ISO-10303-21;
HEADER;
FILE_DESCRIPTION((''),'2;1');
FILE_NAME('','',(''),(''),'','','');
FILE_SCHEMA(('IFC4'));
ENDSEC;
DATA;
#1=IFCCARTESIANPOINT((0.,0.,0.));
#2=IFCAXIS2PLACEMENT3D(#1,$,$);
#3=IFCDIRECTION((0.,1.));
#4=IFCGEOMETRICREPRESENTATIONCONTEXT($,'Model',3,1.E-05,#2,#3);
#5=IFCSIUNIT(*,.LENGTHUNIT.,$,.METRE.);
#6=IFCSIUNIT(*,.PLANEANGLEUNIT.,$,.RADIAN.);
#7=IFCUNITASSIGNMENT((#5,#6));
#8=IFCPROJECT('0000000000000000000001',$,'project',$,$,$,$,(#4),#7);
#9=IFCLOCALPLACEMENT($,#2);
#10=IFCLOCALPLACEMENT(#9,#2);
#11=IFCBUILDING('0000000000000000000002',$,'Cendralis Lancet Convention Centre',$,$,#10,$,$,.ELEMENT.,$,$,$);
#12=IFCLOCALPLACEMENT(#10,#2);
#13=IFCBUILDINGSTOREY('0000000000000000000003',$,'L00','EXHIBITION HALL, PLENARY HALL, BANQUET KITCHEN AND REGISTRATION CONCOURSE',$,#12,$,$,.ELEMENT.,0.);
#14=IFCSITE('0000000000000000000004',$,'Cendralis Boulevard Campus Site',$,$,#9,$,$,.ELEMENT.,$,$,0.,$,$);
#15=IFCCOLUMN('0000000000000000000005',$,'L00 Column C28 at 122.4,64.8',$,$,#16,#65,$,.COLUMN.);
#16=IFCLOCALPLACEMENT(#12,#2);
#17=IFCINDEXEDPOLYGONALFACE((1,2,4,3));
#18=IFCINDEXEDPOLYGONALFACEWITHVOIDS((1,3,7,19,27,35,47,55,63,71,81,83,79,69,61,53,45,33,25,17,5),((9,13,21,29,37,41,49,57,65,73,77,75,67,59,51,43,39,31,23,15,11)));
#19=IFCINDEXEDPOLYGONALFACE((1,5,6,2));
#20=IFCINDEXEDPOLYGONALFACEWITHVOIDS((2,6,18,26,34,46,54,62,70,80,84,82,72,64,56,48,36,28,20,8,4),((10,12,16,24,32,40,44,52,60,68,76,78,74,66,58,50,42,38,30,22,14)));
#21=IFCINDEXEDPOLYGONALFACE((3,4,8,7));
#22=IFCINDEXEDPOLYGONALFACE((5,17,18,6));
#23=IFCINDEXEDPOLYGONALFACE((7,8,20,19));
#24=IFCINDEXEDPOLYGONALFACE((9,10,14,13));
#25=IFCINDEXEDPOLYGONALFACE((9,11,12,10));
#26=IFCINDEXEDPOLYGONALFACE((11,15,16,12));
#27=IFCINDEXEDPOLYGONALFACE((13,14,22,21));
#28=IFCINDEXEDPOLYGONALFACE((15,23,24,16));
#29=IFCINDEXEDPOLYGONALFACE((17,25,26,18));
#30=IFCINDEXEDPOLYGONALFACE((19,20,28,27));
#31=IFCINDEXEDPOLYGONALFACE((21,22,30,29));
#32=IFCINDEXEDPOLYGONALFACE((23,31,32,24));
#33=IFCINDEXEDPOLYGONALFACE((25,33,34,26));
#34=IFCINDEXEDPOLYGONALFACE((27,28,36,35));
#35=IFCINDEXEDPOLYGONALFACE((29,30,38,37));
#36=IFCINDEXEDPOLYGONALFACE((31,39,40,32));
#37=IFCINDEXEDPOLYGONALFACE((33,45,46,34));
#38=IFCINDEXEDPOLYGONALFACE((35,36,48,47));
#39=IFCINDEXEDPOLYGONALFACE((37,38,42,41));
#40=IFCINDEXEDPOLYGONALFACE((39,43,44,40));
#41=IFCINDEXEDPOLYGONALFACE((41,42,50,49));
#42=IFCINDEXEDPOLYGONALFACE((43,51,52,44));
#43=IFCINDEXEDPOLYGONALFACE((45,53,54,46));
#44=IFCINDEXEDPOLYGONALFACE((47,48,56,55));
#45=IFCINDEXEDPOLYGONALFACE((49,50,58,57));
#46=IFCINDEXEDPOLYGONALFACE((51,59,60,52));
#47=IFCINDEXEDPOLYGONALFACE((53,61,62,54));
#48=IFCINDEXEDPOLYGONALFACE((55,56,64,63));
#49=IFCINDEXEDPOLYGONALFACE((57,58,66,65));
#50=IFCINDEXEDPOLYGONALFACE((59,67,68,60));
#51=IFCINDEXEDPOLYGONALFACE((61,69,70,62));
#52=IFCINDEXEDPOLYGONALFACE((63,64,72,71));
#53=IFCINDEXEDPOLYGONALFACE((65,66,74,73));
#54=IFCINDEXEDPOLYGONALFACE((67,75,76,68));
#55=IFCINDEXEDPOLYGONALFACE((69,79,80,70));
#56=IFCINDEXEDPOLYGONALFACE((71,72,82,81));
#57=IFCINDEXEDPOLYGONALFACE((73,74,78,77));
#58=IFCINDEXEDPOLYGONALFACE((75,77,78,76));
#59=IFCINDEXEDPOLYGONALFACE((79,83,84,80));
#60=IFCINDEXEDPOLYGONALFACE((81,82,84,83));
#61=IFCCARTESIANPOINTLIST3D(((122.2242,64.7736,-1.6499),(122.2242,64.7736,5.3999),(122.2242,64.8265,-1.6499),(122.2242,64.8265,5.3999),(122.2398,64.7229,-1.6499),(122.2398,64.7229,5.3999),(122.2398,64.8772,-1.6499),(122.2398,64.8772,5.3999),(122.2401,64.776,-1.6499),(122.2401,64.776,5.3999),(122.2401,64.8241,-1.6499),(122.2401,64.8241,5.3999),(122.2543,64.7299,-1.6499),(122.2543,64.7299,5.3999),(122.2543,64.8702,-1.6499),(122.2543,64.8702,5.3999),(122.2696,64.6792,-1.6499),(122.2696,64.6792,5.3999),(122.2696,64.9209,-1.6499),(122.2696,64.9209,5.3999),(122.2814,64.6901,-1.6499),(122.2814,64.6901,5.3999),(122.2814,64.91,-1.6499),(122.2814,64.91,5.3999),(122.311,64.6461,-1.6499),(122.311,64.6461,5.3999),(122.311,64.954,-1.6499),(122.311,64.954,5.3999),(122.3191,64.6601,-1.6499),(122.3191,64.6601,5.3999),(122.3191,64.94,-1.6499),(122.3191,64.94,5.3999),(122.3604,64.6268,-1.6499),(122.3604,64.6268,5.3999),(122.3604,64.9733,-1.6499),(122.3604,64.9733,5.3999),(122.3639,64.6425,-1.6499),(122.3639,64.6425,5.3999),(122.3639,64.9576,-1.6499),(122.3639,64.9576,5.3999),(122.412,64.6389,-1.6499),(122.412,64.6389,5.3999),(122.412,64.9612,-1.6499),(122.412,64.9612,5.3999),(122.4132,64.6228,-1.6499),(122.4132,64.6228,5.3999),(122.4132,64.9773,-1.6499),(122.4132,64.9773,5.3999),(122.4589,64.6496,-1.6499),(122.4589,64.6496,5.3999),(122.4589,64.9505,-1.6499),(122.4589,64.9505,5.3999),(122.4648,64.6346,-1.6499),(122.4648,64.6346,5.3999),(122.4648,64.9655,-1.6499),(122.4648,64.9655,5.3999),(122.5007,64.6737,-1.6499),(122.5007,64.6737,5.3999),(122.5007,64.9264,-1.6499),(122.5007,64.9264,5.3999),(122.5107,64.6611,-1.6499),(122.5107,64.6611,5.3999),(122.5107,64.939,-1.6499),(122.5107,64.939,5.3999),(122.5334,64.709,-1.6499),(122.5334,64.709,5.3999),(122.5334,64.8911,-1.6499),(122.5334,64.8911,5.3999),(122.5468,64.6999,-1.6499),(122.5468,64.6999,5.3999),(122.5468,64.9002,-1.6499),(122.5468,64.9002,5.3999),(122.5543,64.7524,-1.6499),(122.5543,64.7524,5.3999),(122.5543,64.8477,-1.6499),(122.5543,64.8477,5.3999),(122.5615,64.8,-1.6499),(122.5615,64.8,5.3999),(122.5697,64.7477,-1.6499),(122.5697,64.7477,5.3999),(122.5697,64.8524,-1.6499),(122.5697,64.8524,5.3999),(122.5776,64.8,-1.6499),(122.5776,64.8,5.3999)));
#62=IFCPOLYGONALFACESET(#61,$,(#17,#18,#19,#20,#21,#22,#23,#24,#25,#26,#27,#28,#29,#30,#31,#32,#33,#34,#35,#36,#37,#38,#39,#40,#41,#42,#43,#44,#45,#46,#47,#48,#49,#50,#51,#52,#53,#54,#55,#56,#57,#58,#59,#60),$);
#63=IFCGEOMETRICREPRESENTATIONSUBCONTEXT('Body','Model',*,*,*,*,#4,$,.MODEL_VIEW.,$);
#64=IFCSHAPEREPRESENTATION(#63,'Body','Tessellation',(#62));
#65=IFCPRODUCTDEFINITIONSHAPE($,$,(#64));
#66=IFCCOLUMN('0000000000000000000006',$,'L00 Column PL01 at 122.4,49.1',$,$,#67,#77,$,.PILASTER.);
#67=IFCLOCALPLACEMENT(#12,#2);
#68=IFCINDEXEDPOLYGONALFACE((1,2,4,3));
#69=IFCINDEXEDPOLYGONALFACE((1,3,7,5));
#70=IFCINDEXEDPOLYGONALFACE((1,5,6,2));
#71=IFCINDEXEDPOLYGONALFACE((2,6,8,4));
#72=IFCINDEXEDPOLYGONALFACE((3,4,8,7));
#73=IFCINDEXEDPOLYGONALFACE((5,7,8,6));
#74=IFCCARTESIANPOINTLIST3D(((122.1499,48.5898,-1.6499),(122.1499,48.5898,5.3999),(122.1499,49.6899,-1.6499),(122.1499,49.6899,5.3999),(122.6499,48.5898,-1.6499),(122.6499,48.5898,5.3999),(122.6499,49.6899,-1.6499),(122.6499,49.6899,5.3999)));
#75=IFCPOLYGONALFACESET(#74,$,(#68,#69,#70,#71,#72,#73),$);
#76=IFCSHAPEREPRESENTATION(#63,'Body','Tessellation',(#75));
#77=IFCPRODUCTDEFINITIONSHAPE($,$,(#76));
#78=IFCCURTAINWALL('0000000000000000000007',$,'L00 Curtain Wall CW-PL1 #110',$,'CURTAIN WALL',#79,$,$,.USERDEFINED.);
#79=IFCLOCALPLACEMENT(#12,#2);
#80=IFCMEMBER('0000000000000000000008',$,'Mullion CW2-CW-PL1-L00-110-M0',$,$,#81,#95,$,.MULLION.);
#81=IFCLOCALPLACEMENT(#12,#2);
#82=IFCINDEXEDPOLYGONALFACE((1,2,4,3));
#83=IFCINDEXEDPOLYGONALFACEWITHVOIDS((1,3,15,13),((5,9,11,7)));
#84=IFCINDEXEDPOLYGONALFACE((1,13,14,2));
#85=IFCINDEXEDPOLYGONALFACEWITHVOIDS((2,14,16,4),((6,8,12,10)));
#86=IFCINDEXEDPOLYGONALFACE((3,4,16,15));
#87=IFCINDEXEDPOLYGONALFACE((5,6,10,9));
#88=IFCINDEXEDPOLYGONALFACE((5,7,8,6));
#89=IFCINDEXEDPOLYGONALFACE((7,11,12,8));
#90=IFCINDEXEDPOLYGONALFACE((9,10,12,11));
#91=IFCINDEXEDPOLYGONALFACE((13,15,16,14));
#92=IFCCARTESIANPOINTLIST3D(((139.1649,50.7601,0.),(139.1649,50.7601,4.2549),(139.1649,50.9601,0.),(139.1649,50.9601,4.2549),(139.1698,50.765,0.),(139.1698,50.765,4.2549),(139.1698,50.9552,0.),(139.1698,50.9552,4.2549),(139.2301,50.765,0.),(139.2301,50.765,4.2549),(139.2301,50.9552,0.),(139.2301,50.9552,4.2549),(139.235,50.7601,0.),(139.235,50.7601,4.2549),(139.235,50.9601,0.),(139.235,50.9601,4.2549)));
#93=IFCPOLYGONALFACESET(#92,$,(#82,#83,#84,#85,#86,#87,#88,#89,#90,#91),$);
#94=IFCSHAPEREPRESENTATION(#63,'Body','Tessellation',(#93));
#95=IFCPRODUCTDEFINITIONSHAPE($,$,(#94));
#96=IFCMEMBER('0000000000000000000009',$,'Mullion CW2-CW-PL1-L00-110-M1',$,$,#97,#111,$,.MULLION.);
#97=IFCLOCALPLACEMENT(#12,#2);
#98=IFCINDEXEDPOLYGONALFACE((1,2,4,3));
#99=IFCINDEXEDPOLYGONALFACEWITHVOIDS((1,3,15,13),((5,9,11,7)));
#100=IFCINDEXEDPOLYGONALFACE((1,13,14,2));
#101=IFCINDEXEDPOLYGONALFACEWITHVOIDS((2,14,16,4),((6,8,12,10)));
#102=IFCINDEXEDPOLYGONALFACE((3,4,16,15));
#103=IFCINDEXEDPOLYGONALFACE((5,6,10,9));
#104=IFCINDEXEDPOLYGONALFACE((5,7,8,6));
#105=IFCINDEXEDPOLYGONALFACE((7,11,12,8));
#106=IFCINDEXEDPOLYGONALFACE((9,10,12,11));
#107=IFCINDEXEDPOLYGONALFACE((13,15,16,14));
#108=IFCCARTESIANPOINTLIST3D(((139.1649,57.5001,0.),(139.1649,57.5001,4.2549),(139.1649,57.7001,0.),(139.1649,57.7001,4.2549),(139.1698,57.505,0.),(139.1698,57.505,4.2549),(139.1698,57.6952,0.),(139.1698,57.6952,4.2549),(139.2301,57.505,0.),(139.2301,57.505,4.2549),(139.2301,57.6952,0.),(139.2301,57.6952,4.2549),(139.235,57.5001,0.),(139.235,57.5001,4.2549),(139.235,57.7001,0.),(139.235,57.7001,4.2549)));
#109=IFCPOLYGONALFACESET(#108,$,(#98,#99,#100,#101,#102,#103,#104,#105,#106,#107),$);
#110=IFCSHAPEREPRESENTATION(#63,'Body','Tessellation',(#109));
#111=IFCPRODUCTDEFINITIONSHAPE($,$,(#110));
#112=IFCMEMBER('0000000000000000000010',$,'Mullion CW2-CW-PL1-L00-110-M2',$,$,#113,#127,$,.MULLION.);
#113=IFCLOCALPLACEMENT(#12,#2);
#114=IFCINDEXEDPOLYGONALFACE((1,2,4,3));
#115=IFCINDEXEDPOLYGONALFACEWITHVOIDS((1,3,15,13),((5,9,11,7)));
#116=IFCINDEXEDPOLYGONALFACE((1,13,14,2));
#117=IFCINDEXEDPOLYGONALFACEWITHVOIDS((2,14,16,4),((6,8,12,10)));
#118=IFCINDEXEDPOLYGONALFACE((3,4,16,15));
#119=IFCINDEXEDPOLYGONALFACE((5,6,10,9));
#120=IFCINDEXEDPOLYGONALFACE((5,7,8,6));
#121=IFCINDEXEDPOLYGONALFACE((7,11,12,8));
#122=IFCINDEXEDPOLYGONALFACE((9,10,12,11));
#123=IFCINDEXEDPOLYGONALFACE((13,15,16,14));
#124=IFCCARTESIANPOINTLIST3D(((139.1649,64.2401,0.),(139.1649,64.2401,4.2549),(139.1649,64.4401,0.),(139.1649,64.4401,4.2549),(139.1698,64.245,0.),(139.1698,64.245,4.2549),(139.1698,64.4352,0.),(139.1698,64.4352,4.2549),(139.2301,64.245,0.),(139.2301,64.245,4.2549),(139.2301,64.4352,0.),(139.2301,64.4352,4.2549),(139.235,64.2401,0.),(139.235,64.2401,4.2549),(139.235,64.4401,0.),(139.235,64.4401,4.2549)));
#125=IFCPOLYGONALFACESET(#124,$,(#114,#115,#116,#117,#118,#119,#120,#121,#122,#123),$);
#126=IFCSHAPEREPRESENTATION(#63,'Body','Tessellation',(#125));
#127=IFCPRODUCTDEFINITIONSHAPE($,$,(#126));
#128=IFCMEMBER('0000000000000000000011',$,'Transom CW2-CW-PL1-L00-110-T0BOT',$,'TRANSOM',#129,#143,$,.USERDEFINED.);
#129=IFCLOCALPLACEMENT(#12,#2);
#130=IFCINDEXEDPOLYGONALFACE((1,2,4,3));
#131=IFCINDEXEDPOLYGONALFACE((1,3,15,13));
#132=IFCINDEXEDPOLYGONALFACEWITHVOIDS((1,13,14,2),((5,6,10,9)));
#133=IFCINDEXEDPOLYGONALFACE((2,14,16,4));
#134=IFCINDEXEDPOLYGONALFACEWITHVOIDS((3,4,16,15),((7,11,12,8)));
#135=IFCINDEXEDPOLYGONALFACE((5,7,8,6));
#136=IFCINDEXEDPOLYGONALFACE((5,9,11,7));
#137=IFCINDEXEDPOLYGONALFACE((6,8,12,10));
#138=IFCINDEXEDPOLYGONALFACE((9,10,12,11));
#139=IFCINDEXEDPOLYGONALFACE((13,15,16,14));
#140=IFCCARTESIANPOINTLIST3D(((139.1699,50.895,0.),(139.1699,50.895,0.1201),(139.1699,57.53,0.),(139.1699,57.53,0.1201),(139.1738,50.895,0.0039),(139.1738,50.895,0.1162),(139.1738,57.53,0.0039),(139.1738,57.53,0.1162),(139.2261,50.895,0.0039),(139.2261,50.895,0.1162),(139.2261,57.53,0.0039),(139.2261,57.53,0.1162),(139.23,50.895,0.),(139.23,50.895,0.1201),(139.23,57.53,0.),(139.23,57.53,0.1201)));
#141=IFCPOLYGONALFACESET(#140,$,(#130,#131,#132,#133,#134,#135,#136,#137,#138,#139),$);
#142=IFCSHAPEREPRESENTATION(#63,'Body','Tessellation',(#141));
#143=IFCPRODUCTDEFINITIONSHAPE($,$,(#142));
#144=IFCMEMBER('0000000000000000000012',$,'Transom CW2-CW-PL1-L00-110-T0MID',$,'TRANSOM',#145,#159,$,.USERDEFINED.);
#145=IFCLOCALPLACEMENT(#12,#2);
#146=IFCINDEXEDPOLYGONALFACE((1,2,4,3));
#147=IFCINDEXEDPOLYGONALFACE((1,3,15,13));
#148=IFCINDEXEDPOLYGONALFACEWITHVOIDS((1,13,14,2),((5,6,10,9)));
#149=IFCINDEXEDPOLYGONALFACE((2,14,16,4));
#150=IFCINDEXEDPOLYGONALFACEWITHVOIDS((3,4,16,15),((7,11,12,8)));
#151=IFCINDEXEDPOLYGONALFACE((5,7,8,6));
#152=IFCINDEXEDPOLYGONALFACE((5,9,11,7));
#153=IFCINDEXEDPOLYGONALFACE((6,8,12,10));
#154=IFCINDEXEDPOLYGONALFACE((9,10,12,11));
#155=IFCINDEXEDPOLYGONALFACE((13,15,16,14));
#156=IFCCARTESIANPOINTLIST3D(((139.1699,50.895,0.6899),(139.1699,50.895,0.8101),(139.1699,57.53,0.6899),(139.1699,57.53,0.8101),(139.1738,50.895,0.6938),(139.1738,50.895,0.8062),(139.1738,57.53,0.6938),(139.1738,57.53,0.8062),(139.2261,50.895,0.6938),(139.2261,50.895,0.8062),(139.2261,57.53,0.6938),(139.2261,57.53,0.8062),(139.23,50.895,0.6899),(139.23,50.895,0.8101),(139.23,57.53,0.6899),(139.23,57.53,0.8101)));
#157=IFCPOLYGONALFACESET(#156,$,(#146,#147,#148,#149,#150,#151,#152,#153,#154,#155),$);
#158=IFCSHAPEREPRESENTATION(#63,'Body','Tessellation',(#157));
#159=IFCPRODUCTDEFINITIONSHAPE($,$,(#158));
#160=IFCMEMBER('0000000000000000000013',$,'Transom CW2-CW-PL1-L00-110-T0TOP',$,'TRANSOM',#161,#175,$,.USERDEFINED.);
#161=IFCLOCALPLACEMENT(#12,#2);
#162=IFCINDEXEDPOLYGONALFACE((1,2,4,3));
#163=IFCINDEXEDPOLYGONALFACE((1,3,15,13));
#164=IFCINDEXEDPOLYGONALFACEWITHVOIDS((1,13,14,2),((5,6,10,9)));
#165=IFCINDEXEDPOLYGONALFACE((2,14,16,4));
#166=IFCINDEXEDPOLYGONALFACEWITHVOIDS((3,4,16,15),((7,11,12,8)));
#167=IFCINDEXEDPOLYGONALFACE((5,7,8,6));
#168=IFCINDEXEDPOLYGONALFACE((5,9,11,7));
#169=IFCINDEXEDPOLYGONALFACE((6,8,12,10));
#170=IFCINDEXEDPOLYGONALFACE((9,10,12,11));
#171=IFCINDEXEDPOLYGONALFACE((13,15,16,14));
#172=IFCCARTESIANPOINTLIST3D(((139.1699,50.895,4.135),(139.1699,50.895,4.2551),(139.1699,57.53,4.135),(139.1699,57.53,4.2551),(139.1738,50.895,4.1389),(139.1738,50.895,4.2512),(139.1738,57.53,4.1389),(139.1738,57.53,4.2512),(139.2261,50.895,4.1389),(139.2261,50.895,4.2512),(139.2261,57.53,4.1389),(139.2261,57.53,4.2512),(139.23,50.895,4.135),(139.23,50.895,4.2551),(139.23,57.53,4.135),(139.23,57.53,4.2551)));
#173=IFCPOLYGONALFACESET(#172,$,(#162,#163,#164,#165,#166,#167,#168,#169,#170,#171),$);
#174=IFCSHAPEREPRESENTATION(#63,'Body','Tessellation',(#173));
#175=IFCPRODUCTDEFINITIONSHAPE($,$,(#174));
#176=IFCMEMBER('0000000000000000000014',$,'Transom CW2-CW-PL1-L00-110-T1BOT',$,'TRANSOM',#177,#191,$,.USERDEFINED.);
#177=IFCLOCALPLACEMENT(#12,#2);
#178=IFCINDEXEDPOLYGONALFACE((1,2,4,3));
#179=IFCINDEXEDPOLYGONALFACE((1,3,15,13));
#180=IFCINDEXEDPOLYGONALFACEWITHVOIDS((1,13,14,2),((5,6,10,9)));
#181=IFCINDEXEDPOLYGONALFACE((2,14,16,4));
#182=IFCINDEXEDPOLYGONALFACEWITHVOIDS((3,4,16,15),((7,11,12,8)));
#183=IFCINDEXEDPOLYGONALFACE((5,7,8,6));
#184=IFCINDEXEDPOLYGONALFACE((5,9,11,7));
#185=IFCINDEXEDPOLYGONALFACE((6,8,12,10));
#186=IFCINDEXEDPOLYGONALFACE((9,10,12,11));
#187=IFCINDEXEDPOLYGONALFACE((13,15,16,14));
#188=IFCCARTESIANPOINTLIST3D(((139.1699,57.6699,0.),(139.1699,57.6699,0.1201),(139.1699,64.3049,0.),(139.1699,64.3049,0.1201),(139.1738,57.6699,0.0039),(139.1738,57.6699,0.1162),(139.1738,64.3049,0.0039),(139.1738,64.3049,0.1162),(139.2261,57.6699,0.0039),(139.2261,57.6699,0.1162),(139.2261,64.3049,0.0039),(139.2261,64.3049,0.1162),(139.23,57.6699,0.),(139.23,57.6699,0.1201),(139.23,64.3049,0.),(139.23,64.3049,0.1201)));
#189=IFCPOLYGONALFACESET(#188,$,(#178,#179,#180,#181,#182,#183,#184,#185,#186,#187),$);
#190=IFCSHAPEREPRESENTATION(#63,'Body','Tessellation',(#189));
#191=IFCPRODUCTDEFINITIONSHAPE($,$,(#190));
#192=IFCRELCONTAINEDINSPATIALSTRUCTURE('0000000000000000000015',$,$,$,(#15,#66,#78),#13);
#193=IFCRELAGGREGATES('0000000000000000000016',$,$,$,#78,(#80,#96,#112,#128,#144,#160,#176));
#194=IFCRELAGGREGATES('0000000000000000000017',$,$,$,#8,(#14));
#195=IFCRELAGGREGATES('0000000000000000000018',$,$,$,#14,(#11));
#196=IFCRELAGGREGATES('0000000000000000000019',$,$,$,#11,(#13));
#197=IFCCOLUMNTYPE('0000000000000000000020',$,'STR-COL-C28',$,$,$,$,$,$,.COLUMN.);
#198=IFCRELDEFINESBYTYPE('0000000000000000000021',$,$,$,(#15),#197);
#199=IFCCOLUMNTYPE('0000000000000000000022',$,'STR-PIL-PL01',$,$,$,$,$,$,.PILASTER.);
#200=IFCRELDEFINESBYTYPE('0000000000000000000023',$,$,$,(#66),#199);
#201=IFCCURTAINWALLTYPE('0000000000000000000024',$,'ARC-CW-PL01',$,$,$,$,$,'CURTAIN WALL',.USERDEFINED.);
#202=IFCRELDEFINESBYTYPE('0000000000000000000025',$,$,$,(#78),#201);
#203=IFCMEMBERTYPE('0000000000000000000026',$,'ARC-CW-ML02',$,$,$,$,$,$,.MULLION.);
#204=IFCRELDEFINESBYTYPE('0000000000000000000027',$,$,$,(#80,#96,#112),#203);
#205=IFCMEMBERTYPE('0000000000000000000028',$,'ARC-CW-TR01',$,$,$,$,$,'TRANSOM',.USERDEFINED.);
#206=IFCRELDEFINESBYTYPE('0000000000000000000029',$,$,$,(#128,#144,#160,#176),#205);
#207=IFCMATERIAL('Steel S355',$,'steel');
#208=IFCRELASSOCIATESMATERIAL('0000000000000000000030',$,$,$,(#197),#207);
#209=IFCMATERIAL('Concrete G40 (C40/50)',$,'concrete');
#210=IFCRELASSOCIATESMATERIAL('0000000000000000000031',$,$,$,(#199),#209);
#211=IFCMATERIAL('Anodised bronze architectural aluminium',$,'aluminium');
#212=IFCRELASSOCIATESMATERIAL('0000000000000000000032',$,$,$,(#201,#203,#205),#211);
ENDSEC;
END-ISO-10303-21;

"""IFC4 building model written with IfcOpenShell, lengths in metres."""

from ifc_helpers import new_model, si_unit, direction, frame, origin, origin_2d, place, context, subcontext, project, spatial, rectangle, hollow_rectangle, hollow_circle, extrude, material, material_profile, profile_set, type_object, element, aggregate, save


model = new_model("IFC4")

# Units and contexts
model_context = context("Model", 3, precision=1e-05, world=origin(), true_north=direction((0.0, 1.0)))
body_context = subcontext(model_context, "Body", "Model", "MODEL_VIEW")
ifc_project = project(units=[si_unit("LENGTHUNIT", "METRE"), si_unit("PLANEANGLEUNIT", "RADIAN")], contexts=[model_context])

# Site, building, storey
site_placement = place(None, origin())
site = spatial("IfcSite", under=ifc_project, at=site_placement, Name="Cendralis Boulevard Campus Site", CompositionType="ELEMENT", RefElevation=0.0)
building_placement = place(site_placement, origin())
building = spatial("IfcBuilding", under=site, at=building_placement, Name="Cendralis Lancet Convention Centre", CompositionType="ELEMENT")
storey_placement = place(building_placement, origin())
storey = spatial("IfcBuildingStorey", under=building, at=storey_placement, Name="L00", Description="EXHIBITION HALL, PLENARY HALL, BANQUET KITCHEN AND REGISTRATION CONCOURSE", CompositionType="ELEMENT", Elevation=0.0)

# Columns
ifc_material_1 = material(Name="Concrete G40 (C40/50)", Category="concrete")
ifc_material_2 = material(Name="Steel S355", Category="steel")
ifc_material_profile_1 = material_profile(ifc_material_2, hollow_circle(Radius=0.1777, WallThickness=0.0161, at=origin_2d()), Name="CHS 355.6x16.0")
ifc_profile_set_1 = profile_set([ifc_material_profile_1], Name="Steel S355")
column_type_1 = type_object("IfcColumnType", Name="STR-COL-C28", PredefinedType="COLUMN", material=ifc_profile_set_1)
column_1_placement = place(storey_placement, frame((122.3999, 64.8, -1.6499), z_axis=(0.0, 0.0, 1.0), x_axis=(1.0, 0.0, 0.0)))
element("IfcColumn", 1, at=column_1_placement, inside=storey, type_object=column_type_1, Name="L00 Column C28 at 122.4,64.8", PredefinedType="COLUMN", context=body_context, shape_type="SweptSolid", body=[
    extrude(hollow_circle(Radius=0.1777, WallThickness=0.0161, at=origin_2d()), origin(), (0.0, 0.0, 1.0), 7.0498),
])
ifc_material_profile_2 = material_profile(ifc_material_1, rectangle(XDim=0.5, YDim=1.1001, at=origin_2d()), Name="RC 500x1100")
ifc_profile_set_2 = profile_set([ifc_material_profile_2], Name="Concrete G40 (C40/50)")
column_type_2 = type_object("IfcColumnType", Name="STR-PIL-PL01", PredefinedType="PILASTER", material=ifc_profile_set_2)
column_2_placement = place(storey_placement, frame((122.3999, 49.1399, -1.6499), z_axis=(0.0, 0.0, 1.0), x_axis=(1.0, 0.0, 0.0)))
element("IfcColumn", 2, at=column_2_placement, inside=storey, type_object=column_type_2, Name="L00 Column PL01 at 122.4,49.1", PredefinedType="PILASTER", context=body_context, shape_type="SweptSolid", body=[
    extrude(rectangle(XDim=0.5, YDim=1.1001, at=origin_2d()), origin(), (0.0, 0.0, 1.0), 7.0498),
])

# Curtain wall, members
ifc_material_3 = material(Name="Anodised bronze architectural aluminium", Category="aluminium")
curtain_wall_type = type_object("IfcCurtainWallType", Name="ARC-CW-PL01", ElementType="CURTAIN WALL", PredefinedType="USERDEFINED", material=ifc_material_3)
curtain_wall_placement = place(storey_placement, origin())
curtain_wall = element("IfcCurtainWall", 3, at=curtain_wall_placement, inside=storey, type_object=curtain_wall_type, Name="L00 Curtain Wall CW-PL1 #110", ObjectType="CURTAIN WALL", PredefinedType="USERDEFINED")
ifc_material_profile_3 = material_profile(ifc_material_3, hollow_rectangle(XDim=0.0701, YDim=0.2, WallThickness=0.0049, at=origin_2d()), Name="AL-MULL 70x200x5.0")
ifc_profile_set_3 = profile_set([ifc_material_profile_3], Name="Anodised bronze architectural aluminium")
member_type_1 = type_object("IfcMemberType", Name="ARC-CW-ML02", PredefinedType="MULLION", material=ifc_profile_set_3)
member_1_placement = place(storey_placement, frame((139.2, 50.8601, 0.0), z_axis=(0.0, 0.0, 1.0), x_axis=(1.0, 0.0, 0.0)))
member_1 = element("IfcMember", 4, at=member_1_placement, type_object=member_type_1, Name="Mullion CW2-CW-PL1-L00-110-M0", PredefinedType="MULLION", context=body_context, shape_type="SweptSolid", body=[
    extrude(hollow_rectangle(XDim=0.0701, YDim=0.2, WallThickness=0.0049, at=origin_2d()), origin(), (0.0, 0.0, 1.0), 4.2549),
])
member_2_placement = place(storey_placement, frame((139.2, 57.6001, 0.0), z_axis=(0.0, 0.0, 1.0), x_axis=(1.0, 0.0, 0.0)))
member_2 = element("IfcMember", 5, at=member_2_placement, type_object=member_type_1, Name="Mullion CW2-CW-PL1-L00-110-M1", PredefinedType="MULLION", context=body_context, shape_type="SweptSolid", body=[
    extrude(hollow_rectangle(XDim=0.0701, YDim=0.2, WallThickness=0.0049, at=origin_2d()), origin(), (0.0, 0.0, 1.0), 4.2549),
])
member_3_placement = place(storey_placement, frame((139.2, 64.3401, 0.0), z_axis=(0.0, 0.0, 1.0), x_axis=(1.0, 0.0, 0.0)))
member_3 = element("IfcMember", 6, at=member_3_placement, type_object=member_type_1, Name="Mullion CW2-CW-PL1-L00-110-M2", PredefinedType="MULLION", context=body_context, shape_type="SweptSolid", body=[
    extrude(hollow_rectangle(XDim=0.0701, YDim=0.2, WallThickness=0.0049, at=origin_2d()), origin(), (0.0, 0.0, 1.0), 4.2549),
])
ifc_material_profile_4 = material_profile(ifc_material_3, hollow_rectangle(XDim=0.0601, YDim=0.1201, WallThickness=0.0039, at=origin_2d()), Name="AL-TRAN 60x120x4.0")
ifc_profile_set_4 = profile_set([ifc_material_profile_4], Name="Anodised bronze architectural aluminium")
member_type_2 = type_object("IfcMemberType", Name="ARC-CW-TR01", ElementType="TRANSOM", PredefinedType="USERDEFINED", material=ifc_profile_set_4)
member_4_placement = place(storey_placement, frame((139.2, 50.895, 0.0601), z_axis=(0.0, 1.0, 0.0), x_axis=(-1.0, 0.0, 0.0)))
member_4 = element("IfcMember", 7, at=member_4_placement, type_object=member_type_2, Name="Transom CW2-CW-PL1-L00-110-T0BOT", ObjectType="TRANSOM", PredefinedType="USERDEFINED", context=body_context, shape_type="SweptSolid", body=[
    extrude(hollow_rectangle(XDim=0.0601, YDim=0.1201, WallThickness=0.0039, at=origin_2d()), origin(), (0.0, 0.0, 1.0), 6.635),
])
member_5_placement = place(storey_placement, frame((139.2, 50.895, 0.75), z_axis=(0.0, 1.0, 0.0), x_axis=(-1.0, 0.0, 0.0)))
member_5 = element("IfcMember", 8, at=member_5_placement, type_object=member_type_2, Name="Transom CW2-CW-PL1-L00-110-T0MID", ObjectType="TRANSOM", PredefinedType="USERDEFINED", context=body_context, shape_type="SweptSolid", body=[
    extrude(hollow_rectangle(XDim=0.0601, YDim=0.1201, WallThickness=0.0039, at=origin_2d()), origin(), (0.0, 0.0, 1.0), 6.635),
])
member_6_placement = place(storey_placement, frame((139.2, 50.895, 4.1951), z_axis=(0.0, 1.0, 0.0), x_axis=(-1.0, 0.0, 0.0)))
member_6 = element("IfcMember", 9, at=member_6_placement, type_object=member_type_2, Name="Transom CW2-CW-PL1-L00-110-T0TOP", ObjectType="TRANSOM", PredefinedType="USERDEFINED", context=body_context, shape_type="SweptSolid", body=[
    extrude(hollow_rectangle(XDim=0.0601, YDim=0.1201, WallThickness=0.0039, at=origin_2d()), origin(), (0.0, 0.0, 1.0), 6.635),
])
member_7_placement = place(storey_placement, frame((139.2, 57.6699, 0.0601), z_axis=(0.0, 1.0, 0.0), x_axis=(-1.0, 0.0, 0.0)))
member_7 = element("IfcMember", 10, at=member_7_placement, type_object=member_type_2, Name="Transom CW2-CW-PL1-L00-110-T1BOT", ObjectType="TRANSOM", PredefinedType="USERDEFINED", context=body_context, shape_type="SweptSolid", body=[
    extrude(hollow_rectangle(XDim=0.0601, YDim=0.1201, WallThickness=0.0039, at=origin_2d()), origin(), (0.0, 0.0, 1.0), 6.635),
])

aggregate(curtain_wall, [member_1, member_2, member_3, member_4, member_5, member_6, member_7])

save(model, "model.ifc")
